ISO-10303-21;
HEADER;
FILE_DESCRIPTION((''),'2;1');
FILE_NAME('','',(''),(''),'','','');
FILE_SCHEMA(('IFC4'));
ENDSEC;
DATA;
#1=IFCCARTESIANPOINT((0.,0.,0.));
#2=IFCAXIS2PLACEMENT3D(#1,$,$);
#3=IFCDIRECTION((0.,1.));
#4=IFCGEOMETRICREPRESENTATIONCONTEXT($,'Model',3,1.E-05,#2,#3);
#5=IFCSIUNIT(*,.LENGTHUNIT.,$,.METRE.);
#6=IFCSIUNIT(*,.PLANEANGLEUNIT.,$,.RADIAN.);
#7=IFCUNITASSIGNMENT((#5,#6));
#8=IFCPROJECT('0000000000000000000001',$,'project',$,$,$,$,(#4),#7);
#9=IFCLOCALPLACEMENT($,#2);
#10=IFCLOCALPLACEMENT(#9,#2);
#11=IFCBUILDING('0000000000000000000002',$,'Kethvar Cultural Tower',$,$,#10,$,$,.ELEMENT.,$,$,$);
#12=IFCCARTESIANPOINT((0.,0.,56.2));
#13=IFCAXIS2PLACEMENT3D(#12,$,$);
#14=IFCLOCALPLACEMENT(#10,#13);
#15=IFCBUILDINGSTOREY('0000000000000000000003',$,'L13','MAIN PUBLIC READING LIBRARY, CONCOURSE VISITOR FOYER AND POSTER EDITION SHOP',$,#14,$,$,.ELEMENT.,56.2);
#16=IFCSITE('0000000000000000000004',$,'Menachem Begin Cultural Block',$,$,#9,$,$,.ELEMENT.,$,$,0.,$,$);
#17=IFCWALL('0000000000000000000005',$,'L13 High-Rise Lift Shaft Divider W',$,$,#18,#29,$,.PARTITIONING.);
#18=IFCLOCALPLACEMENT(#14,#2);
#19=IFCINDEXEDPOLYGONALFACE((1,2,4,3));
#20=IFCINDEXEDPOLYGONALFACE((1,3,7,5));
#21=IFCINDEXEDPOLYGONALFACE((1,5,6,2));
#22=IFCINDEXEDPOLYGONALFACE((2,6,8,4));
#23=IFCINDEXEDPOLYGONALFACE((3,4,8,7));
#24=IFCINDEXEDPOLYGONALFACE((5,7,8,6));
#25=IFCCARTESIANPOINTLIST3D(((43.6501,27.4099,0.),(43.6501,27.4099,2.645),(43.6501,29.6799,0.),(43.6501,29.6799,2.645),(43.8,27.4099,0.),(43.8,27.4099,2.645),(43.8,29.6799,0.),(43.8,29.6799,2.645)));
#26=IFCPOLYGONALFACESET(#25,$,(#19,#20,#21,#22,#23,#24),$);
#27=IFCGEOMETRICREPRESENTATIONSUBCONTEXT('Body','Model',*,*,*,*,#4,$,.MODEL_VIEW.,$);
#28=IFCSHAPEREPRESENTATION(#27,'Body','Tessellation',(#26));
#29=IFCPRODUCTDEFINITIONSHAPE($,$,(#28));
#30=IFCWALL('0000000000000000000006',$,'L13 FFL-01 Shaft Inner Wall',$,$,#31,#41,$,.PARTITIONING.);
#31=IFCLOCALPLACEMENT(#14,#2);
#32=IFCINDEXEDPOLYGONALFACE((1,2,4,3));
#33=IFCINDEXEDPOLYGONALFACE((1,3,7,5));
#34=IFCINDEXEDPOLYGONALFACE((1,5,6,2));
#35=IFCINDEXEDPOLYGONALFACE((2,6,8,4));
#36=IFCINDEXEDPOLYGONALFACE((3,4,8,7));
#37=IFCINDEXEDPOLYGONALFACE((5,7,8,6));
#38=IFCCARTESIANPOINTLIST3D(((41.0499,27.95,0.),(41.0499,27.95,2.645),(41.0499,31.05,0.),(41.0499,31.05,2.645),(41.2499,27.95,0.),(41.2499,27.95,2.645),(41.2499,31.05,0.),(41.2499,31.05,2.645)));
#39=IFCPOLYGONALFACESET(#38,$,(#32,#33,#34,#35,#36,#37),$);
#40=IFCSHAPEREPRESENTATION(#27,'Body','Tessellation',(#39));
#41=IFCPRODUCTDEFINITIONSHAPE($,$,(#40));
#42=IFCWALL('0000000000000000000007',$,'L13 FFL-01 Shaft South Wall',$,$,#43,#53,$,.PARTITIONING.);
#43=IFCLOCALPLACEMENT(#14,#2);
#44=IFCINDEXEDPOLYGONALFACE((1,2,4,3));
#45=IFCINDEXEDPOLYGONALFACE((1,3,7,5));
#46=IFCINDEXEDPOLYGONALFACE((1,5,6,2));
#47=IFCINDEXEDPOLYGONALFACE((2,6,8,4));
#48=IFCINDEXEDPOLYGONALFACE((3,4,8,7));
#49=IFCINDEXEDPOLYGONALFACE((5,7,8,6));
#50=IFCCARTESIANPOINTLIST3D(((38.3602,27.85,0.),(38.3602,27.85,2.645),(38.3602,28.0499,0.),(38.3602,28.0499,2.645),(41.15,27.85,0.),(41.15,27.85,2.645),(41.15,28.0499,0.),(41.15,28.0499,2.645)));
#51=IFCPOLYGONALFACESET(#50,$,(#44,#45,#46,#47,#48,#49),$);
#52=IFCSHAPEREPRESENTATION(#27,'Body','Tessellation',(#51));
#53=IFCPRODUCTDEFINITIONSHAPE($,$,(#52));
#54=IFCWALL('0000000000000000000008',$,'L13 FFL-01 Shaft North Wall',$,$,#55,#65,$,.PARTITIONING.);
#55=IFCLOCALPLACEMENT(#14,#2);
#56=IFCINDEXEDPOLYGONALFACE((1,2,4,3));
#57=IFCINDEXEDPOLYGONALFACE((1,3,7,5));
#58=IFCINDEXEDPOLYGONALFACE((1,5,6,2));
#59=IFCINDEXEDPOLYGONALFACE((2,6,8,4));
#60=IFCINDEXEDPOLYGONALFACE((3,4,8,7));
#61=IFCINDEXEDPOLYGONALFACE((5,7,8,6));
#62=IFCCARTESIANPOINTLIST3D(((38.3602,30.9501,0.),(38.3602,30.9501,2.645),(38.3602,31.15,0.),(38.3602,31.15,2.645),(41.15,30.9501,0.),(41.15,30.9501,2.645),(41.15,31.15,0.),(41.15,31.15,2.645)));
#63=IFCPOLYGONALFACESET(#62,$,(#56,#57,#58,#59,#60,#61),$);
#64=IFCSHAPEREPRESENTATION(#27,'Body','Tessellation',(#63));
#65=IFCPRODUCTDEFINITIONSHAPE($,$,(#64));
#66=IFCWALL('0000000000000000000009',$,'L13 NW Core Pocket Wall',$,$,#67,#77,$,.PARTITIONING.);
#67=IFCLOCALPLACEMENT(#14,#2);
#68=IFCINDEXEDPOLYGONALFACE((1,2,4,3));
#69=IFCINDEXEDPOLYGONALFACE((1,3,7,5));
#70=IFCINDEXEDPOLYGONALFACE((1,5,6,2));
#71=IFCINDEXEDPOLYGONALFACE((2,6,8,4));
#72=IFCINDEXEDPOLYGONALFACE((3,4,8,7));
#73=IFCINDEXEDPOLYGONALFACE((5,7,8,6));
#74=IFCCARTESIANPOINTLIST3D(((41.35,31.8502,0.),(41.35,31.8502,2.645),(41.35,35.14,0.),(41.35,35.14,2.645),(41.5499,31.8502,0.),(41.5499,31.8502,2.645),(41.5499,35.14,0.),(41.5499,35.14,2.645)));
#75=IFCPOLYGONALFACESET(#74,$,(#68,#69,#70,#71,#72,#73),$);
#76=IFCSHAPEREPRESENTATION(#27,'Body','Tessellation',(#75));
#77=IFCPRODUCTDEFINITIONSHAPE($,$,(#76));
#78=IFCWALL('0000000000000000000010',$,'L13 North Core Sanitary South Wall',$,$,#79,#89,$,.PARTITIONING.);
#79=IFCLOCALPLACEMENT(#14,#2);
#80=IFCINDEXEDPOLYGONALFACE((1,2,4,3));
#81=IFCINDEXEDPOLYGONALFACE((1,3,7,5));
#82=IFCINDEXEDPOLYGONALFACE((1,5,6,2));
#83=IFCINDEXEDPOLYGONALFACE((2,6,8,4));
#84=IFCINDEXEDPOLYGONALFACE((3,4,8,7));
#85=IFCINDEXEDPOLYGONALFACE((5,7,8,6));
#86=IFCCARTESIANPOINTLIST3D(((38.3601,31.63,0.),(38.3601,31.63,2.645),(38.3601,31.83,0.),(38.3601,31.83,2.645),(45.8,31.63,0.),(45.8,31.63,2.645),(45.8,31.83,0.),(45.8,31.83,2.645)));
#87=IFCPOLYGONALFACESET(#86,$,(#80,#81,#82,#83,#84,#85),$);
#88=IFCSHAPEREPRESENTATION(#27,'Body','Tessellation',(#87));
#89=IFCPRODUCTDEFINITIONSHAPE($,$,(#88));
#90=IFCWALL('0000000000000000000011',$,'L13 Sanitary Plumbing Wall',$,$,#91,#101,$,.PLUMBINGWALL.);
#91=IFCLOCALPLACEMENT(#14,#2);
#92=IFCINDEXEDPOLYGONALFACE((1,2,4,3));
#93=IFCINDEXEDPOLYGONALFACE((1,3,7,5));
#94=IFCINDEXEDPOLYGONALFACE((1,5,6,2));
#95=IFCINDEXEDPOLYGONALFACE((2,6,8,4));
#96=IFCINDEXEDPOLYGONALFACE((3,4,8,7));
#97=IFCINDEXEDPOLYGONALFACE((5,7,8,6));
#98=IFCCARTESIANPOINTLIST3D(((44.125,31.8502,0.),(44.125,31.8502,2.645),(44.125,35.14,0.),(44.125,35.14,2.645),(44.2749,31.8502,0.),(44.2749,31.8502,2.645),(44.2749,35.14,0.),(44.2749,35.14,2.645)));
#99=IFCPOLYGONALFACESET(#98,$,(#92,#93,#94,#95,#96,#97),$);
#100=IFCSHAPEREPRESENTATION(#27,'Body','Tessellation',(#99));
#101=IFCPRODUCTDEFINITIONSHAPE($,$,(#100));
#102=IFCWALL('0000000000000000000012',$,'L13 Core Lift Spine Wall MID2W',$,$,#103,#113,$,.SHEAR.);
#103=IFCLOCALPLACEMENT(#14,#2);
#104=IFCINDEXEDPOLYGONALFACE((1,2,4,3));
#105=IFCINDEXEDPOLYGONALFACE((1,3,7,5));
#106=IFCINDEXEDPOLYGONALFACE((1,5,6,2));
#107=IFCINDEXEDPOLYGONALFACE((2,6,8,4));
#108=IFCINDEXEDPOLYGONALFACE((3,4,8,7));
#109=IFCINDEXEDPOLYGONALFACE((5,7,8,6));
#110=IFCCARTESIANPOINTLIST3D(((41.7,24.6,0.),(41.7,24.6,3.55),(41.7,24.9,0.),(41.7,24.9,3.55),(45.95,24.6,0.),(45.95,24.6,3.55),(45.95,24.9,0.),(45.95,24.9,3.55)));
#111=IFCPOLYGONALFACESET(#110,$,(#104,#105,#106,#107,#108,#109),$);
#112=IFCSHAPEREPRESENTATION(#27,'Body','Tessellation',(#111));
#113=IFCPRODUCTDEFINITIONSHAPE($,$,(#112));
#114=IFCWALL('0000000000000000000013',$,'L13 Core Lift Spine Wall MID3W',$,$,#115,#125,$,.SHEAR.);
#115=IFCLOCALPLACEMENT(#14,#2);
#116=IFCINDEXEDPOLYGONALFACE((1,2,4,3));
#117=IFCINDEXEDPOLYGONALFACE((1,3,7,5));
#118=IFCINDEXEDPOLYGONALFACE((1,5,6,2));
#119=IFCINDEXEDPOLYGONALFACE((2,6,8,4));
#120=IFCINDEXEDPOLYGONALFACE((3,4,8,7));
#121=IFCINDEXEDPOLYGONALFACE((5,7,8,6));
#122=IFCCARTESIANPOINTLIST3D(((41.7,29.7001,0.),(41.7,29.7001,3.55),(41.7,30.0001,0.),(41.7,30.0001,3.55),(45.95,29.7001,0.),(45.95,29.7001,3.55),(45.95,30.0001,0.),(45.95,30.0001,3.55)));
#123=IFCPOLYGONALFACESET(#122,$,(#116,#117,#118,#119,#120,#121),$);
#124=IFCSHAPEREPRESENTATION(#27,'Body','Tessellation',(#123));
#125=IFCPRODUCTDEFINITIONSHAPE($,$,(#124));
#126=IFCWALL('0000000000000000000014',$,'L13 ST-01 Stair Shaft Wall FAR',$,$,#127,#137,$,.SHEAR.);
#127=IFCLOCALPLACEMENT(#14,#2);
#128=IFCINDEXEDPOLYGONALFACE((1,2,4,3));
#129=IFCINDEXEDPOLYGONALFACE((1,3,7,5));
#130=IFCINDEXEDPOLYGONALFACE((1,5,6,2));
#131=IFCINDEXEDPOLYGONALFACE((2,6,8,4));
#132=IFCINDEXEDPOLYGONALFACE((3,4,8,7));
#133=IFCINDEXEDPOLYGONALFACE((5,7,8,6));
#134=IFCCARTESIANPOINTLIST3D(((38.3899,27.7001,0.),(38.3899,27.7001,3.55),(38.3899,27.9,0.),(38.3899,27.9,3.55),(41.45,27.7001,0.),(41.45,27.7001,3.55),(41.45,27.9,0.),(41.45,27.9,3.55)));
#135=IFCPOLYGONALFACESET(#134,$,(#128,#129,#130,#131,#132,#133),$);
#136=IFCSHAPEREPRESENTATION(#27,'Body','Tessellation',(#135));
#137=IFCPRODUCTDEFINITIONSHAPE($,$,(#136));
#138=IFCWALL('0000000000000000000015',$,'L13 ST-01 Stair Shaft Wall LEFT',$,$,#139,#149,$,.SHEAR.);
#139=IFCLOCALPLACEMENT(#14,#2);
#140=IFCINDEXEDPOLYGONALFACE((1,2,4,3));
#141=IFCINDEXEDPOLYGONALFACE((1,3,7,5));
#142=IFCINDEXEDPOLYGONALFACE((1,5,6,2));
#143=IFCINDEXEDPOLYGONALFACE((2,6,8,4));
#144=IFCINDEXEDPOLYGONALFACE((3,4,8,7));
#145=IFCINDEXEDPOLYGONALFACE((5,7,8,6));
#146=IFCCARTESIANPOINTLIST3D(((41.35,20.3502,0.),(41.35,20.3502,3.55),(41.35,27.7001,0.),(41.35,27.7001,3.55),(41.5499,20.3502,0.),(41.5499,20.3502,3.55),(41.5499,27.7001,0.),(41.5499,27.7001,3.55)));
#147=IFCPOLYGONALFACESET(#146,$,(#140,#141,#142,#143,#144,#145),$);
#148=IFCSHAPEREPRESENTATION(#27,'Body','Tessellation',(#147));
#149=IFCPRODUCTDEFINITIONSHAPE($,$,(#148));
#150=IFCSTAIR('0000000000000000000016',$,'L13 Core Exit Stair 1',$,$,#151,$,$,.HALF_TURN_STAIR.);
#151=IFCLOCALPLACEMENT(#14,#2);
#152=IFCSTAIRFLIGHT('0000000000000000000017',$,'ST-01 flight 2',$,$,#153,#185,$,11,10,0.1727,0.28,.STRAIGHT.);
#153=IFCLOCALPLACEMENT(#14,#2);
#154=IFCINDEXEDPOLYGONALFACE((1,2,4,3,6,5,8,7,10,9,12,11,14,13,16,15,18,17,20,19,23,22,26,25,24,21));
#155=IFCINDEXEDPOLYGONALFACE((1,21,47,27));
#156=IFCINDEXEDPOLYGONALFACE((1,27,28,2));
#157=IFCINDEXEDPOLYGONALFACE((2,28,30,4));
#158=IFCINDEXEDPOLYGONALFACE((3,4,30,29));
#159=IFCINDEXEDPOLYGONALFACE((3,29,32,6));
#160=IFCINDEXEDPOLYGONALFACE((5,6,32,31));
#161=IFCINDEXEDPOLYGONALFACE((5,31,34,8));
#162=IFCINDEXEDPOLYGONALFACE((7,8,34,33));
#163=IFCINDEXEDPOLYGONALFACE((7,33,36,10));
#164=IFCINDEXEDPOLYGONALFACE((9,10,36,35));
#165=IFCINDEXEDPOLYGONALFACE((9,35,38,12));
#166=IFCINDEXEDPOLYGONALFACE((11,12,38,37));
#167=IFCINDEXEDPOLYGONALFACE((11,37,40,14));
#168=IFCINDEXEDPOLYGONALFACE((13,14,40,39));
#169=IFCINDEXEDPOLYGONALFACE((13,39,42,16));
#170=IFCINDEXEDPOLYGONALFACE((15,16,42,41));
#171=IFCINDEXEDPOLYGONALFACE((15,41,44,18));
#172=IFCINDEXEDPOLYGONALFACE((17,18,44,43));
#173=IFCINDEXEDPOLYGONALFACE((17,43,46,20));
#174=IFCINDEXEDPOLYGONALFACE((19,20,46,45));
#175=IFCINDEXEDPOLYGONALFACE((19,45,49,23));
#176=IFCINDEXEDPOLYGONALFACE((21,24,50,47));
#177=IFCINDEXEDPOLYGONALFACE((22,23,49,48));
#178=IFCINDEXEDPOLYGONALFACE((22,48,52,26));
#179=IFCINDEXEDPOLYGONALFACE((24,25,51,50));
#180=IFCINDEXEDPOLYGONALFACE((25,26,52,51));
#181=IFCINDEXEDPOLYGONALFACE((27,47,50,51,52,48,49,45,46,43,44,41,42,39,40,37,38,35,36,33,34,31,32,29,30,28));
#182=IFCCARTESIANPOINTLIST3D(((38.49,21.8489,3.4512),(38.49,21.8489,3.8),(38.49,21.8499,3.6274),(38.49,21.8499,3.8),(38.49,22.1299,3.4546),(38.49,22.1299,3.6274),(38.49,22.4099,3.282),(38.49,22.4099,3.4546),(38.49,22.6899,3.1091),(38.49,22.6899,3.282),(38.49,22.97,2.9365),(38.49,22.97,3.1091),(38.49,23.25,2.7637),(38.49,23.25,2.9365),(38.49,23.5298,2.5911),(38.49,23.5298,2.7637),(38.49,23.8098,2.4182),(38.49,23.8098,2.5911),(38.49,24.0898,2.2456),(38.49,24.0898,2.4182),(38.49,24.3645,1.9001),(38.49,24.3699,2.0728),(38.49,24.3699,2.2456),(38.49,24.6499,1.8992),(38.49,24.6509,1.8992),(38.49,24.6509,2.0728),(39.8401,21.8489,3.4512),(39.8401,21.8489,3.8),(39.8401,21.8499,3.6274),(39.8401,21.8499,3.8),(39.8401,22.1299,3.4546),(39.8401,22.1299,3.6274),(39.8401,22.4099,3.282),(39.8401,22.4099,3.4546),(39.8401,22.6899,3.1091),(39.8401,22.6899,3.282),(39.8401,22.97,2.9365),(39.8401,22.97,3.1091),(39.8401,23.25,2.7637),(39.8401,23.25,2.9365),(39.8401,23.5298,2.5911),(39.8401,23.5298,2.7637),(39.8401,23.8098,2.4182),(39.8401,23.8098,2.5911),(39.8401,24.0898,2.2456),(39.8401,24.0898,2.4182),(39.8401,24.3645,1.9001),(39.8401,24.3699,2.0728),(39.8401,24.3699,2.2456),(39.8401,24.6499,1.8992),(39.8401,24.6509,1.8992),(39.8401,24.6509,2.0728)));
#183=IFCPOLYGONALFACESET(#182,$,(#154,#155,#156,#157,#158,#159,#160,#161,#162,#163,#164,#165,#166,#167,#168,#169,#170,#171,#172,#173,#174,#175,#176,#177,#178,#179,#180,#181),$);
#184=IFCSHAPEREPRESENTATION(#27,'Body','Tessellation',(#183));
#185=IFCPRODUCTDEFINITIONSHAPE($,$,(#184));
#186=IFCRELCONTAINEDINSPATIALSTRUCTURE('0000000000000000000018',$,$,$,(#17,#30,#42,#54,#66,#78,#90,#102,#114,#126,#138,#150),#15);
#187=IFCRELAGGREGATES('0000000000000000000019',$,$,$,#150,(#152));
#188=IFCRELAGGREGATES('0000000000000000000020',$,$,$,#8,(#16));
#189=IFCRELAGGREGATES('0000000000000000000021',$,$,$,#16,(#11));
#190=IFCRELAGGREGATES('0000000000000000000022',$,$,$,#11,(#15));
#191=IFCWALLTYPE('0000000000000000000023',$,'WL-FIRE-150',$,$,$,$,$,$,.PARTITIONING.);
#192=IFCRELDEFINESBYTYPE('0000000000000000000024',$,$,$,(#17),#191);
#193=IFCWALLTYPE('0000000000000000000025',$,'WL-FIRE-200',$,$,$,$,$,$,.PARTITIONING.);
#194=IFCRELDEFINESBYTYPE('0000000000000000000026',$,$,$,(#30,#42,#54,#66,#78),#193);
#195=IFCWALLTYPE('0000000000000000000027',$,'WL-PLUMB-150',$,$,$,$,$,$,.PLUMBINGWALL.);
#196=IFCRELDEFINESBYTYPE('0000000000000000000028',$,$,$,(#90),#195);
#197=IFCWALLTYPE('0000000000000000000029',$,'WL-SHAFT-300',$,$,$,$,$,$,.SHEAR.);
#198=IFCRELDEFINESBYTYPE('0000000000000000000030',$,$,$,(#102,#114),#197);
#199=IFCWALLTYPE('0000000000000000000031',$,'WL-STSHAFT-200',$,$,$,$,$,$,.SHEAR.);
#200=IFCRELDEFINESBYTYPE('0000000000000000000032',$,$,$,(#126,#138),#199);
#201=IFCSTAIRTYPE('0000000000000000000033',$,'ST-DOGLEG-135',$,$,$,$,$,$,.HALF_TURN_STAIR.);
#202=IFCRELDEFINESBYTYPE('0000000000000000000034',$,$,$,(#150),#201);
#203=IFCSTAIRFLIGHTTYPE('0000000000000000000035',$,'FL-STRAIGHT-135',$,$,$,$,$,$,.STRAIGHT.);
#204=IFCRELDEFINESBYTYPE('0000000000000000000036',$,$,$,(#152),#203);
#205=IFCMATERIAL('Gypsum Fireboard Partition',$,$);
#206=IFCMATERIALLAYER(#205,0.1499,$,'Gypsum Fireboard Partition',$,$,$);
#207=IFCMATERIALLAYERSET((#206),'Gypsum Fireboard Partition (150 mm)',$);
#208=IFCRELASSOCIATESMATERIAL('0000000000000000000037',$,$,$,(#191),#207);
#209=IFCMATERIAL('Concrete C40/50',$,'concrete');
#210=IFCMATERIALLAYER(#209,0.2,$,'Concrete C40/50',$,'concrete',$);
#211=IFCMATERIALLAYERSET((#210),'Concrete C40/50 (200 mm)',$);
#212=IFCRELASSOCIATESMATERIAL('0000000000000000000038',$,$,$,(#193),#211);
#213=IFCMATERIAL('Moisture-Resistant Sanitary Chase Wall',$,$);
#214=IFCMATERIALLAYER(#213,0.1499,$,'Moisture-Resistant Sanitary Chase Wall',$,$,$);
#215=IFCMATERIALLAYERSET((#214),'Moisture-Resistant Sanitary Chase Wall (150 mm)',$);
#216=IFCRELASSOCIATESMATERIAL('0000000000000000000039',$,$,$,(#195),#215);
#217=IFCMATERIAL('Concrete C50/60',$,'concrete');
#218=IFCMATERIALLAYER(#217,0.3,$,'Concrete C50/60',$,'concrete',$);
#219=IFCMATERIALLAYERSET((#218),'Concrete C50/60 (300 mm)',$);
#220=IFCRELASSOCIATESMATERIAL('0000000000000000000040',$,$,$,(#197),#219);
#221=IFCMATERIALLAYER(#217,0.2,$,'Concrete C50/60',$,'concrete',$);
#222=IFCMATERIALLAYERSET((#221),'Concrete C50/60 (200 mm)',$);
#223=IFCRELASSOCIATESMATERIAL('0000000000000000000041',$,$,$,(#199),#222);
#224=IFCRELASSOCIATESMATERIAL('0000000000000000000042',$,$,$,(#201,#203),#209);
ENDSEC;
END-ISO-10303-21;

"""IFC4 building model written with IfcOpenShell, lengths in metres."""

from ifc_helpers import new_model, si_unit, direction, frame, frame_2d, origin, place, context, subcontext, project, spatial, polyline, rectangle, outline, extrude, material, layer, layer_set, type_object, element, aggregate, save


model = new_model("IFC4")

# Units and contexts
model_context = context("Model", 3, precision=1e-05, world=origin(), true_north=direction((0.0, 1.0)))
body_context = subcontext(model_context, "Body", "Model", "MODEL_VIEW")
ifc_project = project(units=[si_unit("LENGTHUNIT", "METRE"), si_unit("PLANEANGLEUNIT", "RADIAN")], contexts=[model_context])

# Site, building, storey
site_placement = place(None, origin())
site = spatial("IfcSite", under=ifc_project, at=site_placement, Name="Menachem Begin Cultural Block", CompositionType="ELEMENT", RefElevation=0.0)
building_placement = place(site_placement, origin())
building = spatial("IfcBuilding", under=site, at=building_placement, Name="Kethvar Cultural Tower", CompositionType="ELEMENT")
storey_placement = place(building_placement, frame((0.0, 0.0, 56.2)))
storey = spatial("IfcBuildingStorey", under=building, at=storey_placement, Name="L13", Description="MAIN PUBLIC READING LIBRARY, CONCOURSE VISITOR FOYER AND POSTER EDITION SHOP", CompositionType="ELEMENT", Elevation=56.2)

# Walls
ifc_material_1 = material(Name="Gypsum Fireboard Partition")
ifc_layer_1 = layer(ifc_material_1, 0.1499, Name="Gypsum Fireboard Partition")
ifc_layer_set_1 = layer_set([ifc_layer_1], Name="Gypsum Fireboard Partition (150 mm)")
wall_type_1 = type_object("IfcWallType", Name="WL-FIRE-150", PredefinedType="PARTITIONING", material=ifc_layer_set_1)
for number, where, z_axis, x_axis, name in (
    (1, (43.7251, 27.4099, 0.0), (0.0, 0.0, 1.0), (0.0, 1.0, 0.0), "L13 High-Rise Lift Shaft Divider W"),
):
    element("IfcWall", number, at=place(storey_placement, frame(where, z_axis=z_axis, x_axis=x_axis)), inside=storey, type_object=wall_type_1, Name=name, PredefinedType="PARTITIONING", context=body_context, shape_type="SweptSolid", body=[
        extrude(rectangle(XDim=2.27, YDim=0.1499, at=frame_2d((1.135, 0.0))), origin(), (0.0, 0.0, 1.0), 2.645),
    ])
ifc_material_2 = material(Name="Concrete C40/50", Category="concrete")
ifc_layer_2 = layer(ifc_material_2, 0.2, Name="Concrete C40/50", Category="concrete")
ifc_layer_set_2 = layer_set([ifc_layer_2], Name="Concrete C40/50 (200 mm)")
wall_type_2 = type_object("IfcWallType", Name="WL-FIRE-200", PredefinedType="PARTITIONING", material=ifc_layer_set_2)
wall_1_placement = place(storey_placement, frame((41.1499, 27.95, 0.0), z_axis=(0.0, 0.0, 1.0), x_axis=(0.0, 1.0, 0.0)))
element("IfcWall", 2, at=wall_1_placement, inside=storey, type_object=wall_type_2, Name="L13 FFL-01 Shaft Inner Wall", PredefinedType="PARTITIONING", context=body_context, shape_type="SweptSolid", body=[
    extrude(rectangle(XDim=3.1001, YDim=0.2, at=frame_2d((1.55, 0.0))), origin(), (0.0, 0.0, 1.0), 2.645),
])
for number, where, z_axis, x_axis, name in (
    (3, (38.3601, 27.95, 0.0), (0.0, 0.0, 1.0), (1.0, 0.0, 0.0), "L13 FFL-01 Shaft South Wall"),
    (4, (38.3601, 31.05, 0.0), (0.0, 0.0, 1.0), (1.0, 0.0, 0.0), "L13 FFL-01 Shaft North Wall"),
):
    element("IfcWall", number, at=place(storey_placement, frame(where, z_axis=z_axis, x_axis=x_axis)), inside=storey, type_object=wall_type_2, Name=name, PredefinedType="PARTITIONING", context=body_context, shape_type="SweptSolid", body=[
        extrude(rectangle(XDim=2.7898, YDim=0.2, at=frame_2d((1.395, 0.0))), origin(), (0.0, 0.0, 1.0), 2.645),
    ])
wall_2_placement = place(storey_placement, frame((41.45, 31.8501, 0.0), z_axis=(0.0, 0.0, 1.0), x_axis=(0.0, 1.0, 0.0)))
element("IfcWall", 5, at=wall_2_placement, inside=storey, type_object=wall_type_2, Name="L13 NW Core Pocket Wall", PredefinedType="PARTITIONING", context=body_context, shape_type="SweptSolid", body=[
    extrude(rectangle(XDim=3.2898, YDim=0.2, at=frame_2d((1.645, 0.0))), origin(), (0.0, 0.0, 1.0), 2.645),
])
wall_3_placement = place(storey_placement, frame((38.3601, 31.73, 0.0), z_axis=(0.0, 0.0, 1.0), x_axis=(1.0, 0.0, 0.0)))
element("IfcWall", 6, at=wall_3_placement, inside=storey, type_object=wall_type_2, Name="L13 North Core Sanitary South Wall", PredefinedType="PARTITIONING", context=body_context, shape_type="SweptSolid", body=[
    extrude(rectangle(XDim=7.4399, YDim=0.2, at=frame_2d((3.72, 0.0))), origin(), (0.0, 0.0, 1.0), 2.645),
])
ifc_material_3 = material(Name="Moisture-Resistant Sanitary Chase Wall")
ifc_layer_3 = layer(ifc_material_3, 0.1499, Name="Moisture-Resistant Sanitary Chase Wall")
ifc_layer_set_3 = layer_set([ifc_layer_3], Name="Moisture-Resistant Sanitary Chase Wall (150 mm)")
wall_type_3 = type_object("IfcWallType", Name="WL-PLUMB-150", PredefinedType="PLUMBINGWALL", material=ifc_layer_set_3)
wall_4_placement = place(storey_placement, frame((44.2, 31.8501, 0.0), z_axis=(0.0, 0.0, 1.0), x_axis=(0.0, 1.0, 0.0)))
element("IfcWall", 7, at=wall_4_placement, inside=storey, type_object=wall_type_3, Name="L13 Sanitary Plumbing Wall", PredefinedType="PLUMBINGWALL", context=body_context, shape_type="SweptSolid", body=[
    extrude(rectangle(XDim=3.2898, YDim=0.1499, at=frame_2d((1.645, 0.0))), origin(), (0.0, 0.0, 1.0), 2.645),
])
ifc_material_4 = material(Name="Concrete C50/60", Category="concrete")
ifc_layer_4 = layer(ifc_material_4, 0.3, Name="Concrete C50/60", Category="concrete")
ifc_layer_set_4 = layer_set([ifc_layer_4], Name="Concrete C50/60 (300 mm)")
wall_type_4 = type_object("IfcWallType", Name="WL-SHAFT-300", PredefinedType="SHEAR", material=ifc_layer_set_4)
for number, where, z_axis, x_axis, name in (
    (8, (41.7, 24.75, 0.0), (0.0, 0.0, 1.0), (1.0, 0.0, 0.0), "L13 Core Lift Spine Wall MID2W"),
    (9, (41.7, 29.8501, 0.0), (0.0, 0.0, 1.0), (1.0, 0.0, 0.0), "L13 Core Lift Spine Wall MID3W"),
):
    element("IfcWall", number, at=place(storey_placement, frame(where, z_axis=z_axis, x_axis=x_axis)), inside=storey, type_object=wall_type_4, Name=name, PredefinedType="SHEAR", context=body_context, shape_type="SweptSolid", body=[
        extrude(rectangle(XDim=4.25, YDim=0.3, at=frame_2d((2.125, 0.0))), origin(), (0.0, 0.0, 1.0), 3.55),
    ])
ifc_layer_5 = layer(ifc_material_4, 0.2, Name="Concrete C50/60", Category="concrete")
ifc_layer_set_5 = layer_set([ifc_layer_5], Name="Concrete C50/60 (200 mm)")
wall_type_5 = type_object("IfcWallType", Name="WL-STSHAFT-200", PredefinedType="SHEAR", material=ifc_layer_set_5)
wall_5_placement = place(storey_placement, frame((38.3899, 27.8, 0.0), z_axis=(0.0, 0.0, 1.0), x_axis=(1.0, 0.0, 0.0)))
element("IfcWall", 10, at=wall_5_placement, inside=storey, type_object=wall_type_5, Name="L13 ST-01 Stair Shaft Wall FAR", PredefinedType="SHEAR", context=body_context, shape_type="SweptSolid", body=[
    extrude(rectangle(XDim=3.0601, YDim=0.2, at=frame_2d((1.53, 0.0))), origin(), (0.0, 0.0, 1.0), 3.55),
])
wall_6_placement = place(storey_placement, frame((41.45, 27.7, 0.0), z_axis=(0.0, 0.0, 1.0), x_axis=(0.0, -1.0, 0.0)))
element("IfcWall", 11, at=wall_6_placement, inside=storey, type_object=wall_type_5, Name="L13 ST-01 Stair Shaft Wall LEFT", PredefinedType="SHEAR", context=body_context, shape_type="SweptSolid", body=[
    extrude(rectangle(XDim=7.3499, YDim=0.2, at=frame_2d((3.6748, 0.0))), origin(), (0.0, 0.0, 1.0), 3.55),
])

# Stair, stair flight
stair_type = type_object("IfcStairType", Name="ST-DOGLEG-135", PredefinedType="HALF_TURN_STAIR", material=ifc_material_2)
stair_placement = place(storey_placement, origin())
stair = element("IfcStair", 12, at=stair_placement, inside=storey, type_object=stair_type, Name="L13 Core Exit Stair 1", PredefinedType="HALF_TURN_STAIR")
stair_flight_type = type_object("IfcStairFlightType", Name="FL-STRAIGHT-135", PredefinedType="STRAIGHT", material=ifc_material_2)
stair_flight_placement = place(storey_placement, frame((39.165, 24.6499, 1.9001), z_axis=(0.0, 0.0, 1.0), x_axis=(0.0, -1.0, 0.0)))
stair_flight = element("IfcStairFlight", 13, at=stair_flight_placement, type_object=stair_flight_type, Name="ST-01 flight 2", NumberOfRisers=11, NumberOfTreads=10, PredefinedType="STRAIGHT", RiserHeight=0.1727, TreadLength=0.28, context=body_context, shape_type="SweptSolid", body=[
    extrude(outline(polyline([(-0.001, -0.001), (-0.001, 0.1726), (0.28, 0.1726), (0.28, 0.3455), (0.5601, 0.3455), (0.5601, 0.5181), (0.8401, 0.5181), (0.8401, 0.6909), (1.1201, 0.6909), (1.1201, 0.8635), (1.3999, 0.8635), (1.3999, 1.0364), (1.6799, 1.0364), (1.6799, 1.209), (1.96, 1.209), (1.96, 1.3818), (2.24, 1.3818), (2.24, 1.5544), (2.52, 1.5544), (2.52, 1.7273), (2.8, 1.7273), (2.8, 1.8999), (2.801, 1.8999), (2.801, 1.551), (0.2854, 0.0), (0.0, -0.001), (-0.001, -0.001)])), frame((0.0, 0.675, 0.0), z_axis=(0.0, -1.0, 0.0), x_axis=(1.0, 0.0, 0.0)), (0.0, 0.0, 1.0), 1.3501),
])
aggregate(stair, [stair_flight])

save(model, "model.ifc")
